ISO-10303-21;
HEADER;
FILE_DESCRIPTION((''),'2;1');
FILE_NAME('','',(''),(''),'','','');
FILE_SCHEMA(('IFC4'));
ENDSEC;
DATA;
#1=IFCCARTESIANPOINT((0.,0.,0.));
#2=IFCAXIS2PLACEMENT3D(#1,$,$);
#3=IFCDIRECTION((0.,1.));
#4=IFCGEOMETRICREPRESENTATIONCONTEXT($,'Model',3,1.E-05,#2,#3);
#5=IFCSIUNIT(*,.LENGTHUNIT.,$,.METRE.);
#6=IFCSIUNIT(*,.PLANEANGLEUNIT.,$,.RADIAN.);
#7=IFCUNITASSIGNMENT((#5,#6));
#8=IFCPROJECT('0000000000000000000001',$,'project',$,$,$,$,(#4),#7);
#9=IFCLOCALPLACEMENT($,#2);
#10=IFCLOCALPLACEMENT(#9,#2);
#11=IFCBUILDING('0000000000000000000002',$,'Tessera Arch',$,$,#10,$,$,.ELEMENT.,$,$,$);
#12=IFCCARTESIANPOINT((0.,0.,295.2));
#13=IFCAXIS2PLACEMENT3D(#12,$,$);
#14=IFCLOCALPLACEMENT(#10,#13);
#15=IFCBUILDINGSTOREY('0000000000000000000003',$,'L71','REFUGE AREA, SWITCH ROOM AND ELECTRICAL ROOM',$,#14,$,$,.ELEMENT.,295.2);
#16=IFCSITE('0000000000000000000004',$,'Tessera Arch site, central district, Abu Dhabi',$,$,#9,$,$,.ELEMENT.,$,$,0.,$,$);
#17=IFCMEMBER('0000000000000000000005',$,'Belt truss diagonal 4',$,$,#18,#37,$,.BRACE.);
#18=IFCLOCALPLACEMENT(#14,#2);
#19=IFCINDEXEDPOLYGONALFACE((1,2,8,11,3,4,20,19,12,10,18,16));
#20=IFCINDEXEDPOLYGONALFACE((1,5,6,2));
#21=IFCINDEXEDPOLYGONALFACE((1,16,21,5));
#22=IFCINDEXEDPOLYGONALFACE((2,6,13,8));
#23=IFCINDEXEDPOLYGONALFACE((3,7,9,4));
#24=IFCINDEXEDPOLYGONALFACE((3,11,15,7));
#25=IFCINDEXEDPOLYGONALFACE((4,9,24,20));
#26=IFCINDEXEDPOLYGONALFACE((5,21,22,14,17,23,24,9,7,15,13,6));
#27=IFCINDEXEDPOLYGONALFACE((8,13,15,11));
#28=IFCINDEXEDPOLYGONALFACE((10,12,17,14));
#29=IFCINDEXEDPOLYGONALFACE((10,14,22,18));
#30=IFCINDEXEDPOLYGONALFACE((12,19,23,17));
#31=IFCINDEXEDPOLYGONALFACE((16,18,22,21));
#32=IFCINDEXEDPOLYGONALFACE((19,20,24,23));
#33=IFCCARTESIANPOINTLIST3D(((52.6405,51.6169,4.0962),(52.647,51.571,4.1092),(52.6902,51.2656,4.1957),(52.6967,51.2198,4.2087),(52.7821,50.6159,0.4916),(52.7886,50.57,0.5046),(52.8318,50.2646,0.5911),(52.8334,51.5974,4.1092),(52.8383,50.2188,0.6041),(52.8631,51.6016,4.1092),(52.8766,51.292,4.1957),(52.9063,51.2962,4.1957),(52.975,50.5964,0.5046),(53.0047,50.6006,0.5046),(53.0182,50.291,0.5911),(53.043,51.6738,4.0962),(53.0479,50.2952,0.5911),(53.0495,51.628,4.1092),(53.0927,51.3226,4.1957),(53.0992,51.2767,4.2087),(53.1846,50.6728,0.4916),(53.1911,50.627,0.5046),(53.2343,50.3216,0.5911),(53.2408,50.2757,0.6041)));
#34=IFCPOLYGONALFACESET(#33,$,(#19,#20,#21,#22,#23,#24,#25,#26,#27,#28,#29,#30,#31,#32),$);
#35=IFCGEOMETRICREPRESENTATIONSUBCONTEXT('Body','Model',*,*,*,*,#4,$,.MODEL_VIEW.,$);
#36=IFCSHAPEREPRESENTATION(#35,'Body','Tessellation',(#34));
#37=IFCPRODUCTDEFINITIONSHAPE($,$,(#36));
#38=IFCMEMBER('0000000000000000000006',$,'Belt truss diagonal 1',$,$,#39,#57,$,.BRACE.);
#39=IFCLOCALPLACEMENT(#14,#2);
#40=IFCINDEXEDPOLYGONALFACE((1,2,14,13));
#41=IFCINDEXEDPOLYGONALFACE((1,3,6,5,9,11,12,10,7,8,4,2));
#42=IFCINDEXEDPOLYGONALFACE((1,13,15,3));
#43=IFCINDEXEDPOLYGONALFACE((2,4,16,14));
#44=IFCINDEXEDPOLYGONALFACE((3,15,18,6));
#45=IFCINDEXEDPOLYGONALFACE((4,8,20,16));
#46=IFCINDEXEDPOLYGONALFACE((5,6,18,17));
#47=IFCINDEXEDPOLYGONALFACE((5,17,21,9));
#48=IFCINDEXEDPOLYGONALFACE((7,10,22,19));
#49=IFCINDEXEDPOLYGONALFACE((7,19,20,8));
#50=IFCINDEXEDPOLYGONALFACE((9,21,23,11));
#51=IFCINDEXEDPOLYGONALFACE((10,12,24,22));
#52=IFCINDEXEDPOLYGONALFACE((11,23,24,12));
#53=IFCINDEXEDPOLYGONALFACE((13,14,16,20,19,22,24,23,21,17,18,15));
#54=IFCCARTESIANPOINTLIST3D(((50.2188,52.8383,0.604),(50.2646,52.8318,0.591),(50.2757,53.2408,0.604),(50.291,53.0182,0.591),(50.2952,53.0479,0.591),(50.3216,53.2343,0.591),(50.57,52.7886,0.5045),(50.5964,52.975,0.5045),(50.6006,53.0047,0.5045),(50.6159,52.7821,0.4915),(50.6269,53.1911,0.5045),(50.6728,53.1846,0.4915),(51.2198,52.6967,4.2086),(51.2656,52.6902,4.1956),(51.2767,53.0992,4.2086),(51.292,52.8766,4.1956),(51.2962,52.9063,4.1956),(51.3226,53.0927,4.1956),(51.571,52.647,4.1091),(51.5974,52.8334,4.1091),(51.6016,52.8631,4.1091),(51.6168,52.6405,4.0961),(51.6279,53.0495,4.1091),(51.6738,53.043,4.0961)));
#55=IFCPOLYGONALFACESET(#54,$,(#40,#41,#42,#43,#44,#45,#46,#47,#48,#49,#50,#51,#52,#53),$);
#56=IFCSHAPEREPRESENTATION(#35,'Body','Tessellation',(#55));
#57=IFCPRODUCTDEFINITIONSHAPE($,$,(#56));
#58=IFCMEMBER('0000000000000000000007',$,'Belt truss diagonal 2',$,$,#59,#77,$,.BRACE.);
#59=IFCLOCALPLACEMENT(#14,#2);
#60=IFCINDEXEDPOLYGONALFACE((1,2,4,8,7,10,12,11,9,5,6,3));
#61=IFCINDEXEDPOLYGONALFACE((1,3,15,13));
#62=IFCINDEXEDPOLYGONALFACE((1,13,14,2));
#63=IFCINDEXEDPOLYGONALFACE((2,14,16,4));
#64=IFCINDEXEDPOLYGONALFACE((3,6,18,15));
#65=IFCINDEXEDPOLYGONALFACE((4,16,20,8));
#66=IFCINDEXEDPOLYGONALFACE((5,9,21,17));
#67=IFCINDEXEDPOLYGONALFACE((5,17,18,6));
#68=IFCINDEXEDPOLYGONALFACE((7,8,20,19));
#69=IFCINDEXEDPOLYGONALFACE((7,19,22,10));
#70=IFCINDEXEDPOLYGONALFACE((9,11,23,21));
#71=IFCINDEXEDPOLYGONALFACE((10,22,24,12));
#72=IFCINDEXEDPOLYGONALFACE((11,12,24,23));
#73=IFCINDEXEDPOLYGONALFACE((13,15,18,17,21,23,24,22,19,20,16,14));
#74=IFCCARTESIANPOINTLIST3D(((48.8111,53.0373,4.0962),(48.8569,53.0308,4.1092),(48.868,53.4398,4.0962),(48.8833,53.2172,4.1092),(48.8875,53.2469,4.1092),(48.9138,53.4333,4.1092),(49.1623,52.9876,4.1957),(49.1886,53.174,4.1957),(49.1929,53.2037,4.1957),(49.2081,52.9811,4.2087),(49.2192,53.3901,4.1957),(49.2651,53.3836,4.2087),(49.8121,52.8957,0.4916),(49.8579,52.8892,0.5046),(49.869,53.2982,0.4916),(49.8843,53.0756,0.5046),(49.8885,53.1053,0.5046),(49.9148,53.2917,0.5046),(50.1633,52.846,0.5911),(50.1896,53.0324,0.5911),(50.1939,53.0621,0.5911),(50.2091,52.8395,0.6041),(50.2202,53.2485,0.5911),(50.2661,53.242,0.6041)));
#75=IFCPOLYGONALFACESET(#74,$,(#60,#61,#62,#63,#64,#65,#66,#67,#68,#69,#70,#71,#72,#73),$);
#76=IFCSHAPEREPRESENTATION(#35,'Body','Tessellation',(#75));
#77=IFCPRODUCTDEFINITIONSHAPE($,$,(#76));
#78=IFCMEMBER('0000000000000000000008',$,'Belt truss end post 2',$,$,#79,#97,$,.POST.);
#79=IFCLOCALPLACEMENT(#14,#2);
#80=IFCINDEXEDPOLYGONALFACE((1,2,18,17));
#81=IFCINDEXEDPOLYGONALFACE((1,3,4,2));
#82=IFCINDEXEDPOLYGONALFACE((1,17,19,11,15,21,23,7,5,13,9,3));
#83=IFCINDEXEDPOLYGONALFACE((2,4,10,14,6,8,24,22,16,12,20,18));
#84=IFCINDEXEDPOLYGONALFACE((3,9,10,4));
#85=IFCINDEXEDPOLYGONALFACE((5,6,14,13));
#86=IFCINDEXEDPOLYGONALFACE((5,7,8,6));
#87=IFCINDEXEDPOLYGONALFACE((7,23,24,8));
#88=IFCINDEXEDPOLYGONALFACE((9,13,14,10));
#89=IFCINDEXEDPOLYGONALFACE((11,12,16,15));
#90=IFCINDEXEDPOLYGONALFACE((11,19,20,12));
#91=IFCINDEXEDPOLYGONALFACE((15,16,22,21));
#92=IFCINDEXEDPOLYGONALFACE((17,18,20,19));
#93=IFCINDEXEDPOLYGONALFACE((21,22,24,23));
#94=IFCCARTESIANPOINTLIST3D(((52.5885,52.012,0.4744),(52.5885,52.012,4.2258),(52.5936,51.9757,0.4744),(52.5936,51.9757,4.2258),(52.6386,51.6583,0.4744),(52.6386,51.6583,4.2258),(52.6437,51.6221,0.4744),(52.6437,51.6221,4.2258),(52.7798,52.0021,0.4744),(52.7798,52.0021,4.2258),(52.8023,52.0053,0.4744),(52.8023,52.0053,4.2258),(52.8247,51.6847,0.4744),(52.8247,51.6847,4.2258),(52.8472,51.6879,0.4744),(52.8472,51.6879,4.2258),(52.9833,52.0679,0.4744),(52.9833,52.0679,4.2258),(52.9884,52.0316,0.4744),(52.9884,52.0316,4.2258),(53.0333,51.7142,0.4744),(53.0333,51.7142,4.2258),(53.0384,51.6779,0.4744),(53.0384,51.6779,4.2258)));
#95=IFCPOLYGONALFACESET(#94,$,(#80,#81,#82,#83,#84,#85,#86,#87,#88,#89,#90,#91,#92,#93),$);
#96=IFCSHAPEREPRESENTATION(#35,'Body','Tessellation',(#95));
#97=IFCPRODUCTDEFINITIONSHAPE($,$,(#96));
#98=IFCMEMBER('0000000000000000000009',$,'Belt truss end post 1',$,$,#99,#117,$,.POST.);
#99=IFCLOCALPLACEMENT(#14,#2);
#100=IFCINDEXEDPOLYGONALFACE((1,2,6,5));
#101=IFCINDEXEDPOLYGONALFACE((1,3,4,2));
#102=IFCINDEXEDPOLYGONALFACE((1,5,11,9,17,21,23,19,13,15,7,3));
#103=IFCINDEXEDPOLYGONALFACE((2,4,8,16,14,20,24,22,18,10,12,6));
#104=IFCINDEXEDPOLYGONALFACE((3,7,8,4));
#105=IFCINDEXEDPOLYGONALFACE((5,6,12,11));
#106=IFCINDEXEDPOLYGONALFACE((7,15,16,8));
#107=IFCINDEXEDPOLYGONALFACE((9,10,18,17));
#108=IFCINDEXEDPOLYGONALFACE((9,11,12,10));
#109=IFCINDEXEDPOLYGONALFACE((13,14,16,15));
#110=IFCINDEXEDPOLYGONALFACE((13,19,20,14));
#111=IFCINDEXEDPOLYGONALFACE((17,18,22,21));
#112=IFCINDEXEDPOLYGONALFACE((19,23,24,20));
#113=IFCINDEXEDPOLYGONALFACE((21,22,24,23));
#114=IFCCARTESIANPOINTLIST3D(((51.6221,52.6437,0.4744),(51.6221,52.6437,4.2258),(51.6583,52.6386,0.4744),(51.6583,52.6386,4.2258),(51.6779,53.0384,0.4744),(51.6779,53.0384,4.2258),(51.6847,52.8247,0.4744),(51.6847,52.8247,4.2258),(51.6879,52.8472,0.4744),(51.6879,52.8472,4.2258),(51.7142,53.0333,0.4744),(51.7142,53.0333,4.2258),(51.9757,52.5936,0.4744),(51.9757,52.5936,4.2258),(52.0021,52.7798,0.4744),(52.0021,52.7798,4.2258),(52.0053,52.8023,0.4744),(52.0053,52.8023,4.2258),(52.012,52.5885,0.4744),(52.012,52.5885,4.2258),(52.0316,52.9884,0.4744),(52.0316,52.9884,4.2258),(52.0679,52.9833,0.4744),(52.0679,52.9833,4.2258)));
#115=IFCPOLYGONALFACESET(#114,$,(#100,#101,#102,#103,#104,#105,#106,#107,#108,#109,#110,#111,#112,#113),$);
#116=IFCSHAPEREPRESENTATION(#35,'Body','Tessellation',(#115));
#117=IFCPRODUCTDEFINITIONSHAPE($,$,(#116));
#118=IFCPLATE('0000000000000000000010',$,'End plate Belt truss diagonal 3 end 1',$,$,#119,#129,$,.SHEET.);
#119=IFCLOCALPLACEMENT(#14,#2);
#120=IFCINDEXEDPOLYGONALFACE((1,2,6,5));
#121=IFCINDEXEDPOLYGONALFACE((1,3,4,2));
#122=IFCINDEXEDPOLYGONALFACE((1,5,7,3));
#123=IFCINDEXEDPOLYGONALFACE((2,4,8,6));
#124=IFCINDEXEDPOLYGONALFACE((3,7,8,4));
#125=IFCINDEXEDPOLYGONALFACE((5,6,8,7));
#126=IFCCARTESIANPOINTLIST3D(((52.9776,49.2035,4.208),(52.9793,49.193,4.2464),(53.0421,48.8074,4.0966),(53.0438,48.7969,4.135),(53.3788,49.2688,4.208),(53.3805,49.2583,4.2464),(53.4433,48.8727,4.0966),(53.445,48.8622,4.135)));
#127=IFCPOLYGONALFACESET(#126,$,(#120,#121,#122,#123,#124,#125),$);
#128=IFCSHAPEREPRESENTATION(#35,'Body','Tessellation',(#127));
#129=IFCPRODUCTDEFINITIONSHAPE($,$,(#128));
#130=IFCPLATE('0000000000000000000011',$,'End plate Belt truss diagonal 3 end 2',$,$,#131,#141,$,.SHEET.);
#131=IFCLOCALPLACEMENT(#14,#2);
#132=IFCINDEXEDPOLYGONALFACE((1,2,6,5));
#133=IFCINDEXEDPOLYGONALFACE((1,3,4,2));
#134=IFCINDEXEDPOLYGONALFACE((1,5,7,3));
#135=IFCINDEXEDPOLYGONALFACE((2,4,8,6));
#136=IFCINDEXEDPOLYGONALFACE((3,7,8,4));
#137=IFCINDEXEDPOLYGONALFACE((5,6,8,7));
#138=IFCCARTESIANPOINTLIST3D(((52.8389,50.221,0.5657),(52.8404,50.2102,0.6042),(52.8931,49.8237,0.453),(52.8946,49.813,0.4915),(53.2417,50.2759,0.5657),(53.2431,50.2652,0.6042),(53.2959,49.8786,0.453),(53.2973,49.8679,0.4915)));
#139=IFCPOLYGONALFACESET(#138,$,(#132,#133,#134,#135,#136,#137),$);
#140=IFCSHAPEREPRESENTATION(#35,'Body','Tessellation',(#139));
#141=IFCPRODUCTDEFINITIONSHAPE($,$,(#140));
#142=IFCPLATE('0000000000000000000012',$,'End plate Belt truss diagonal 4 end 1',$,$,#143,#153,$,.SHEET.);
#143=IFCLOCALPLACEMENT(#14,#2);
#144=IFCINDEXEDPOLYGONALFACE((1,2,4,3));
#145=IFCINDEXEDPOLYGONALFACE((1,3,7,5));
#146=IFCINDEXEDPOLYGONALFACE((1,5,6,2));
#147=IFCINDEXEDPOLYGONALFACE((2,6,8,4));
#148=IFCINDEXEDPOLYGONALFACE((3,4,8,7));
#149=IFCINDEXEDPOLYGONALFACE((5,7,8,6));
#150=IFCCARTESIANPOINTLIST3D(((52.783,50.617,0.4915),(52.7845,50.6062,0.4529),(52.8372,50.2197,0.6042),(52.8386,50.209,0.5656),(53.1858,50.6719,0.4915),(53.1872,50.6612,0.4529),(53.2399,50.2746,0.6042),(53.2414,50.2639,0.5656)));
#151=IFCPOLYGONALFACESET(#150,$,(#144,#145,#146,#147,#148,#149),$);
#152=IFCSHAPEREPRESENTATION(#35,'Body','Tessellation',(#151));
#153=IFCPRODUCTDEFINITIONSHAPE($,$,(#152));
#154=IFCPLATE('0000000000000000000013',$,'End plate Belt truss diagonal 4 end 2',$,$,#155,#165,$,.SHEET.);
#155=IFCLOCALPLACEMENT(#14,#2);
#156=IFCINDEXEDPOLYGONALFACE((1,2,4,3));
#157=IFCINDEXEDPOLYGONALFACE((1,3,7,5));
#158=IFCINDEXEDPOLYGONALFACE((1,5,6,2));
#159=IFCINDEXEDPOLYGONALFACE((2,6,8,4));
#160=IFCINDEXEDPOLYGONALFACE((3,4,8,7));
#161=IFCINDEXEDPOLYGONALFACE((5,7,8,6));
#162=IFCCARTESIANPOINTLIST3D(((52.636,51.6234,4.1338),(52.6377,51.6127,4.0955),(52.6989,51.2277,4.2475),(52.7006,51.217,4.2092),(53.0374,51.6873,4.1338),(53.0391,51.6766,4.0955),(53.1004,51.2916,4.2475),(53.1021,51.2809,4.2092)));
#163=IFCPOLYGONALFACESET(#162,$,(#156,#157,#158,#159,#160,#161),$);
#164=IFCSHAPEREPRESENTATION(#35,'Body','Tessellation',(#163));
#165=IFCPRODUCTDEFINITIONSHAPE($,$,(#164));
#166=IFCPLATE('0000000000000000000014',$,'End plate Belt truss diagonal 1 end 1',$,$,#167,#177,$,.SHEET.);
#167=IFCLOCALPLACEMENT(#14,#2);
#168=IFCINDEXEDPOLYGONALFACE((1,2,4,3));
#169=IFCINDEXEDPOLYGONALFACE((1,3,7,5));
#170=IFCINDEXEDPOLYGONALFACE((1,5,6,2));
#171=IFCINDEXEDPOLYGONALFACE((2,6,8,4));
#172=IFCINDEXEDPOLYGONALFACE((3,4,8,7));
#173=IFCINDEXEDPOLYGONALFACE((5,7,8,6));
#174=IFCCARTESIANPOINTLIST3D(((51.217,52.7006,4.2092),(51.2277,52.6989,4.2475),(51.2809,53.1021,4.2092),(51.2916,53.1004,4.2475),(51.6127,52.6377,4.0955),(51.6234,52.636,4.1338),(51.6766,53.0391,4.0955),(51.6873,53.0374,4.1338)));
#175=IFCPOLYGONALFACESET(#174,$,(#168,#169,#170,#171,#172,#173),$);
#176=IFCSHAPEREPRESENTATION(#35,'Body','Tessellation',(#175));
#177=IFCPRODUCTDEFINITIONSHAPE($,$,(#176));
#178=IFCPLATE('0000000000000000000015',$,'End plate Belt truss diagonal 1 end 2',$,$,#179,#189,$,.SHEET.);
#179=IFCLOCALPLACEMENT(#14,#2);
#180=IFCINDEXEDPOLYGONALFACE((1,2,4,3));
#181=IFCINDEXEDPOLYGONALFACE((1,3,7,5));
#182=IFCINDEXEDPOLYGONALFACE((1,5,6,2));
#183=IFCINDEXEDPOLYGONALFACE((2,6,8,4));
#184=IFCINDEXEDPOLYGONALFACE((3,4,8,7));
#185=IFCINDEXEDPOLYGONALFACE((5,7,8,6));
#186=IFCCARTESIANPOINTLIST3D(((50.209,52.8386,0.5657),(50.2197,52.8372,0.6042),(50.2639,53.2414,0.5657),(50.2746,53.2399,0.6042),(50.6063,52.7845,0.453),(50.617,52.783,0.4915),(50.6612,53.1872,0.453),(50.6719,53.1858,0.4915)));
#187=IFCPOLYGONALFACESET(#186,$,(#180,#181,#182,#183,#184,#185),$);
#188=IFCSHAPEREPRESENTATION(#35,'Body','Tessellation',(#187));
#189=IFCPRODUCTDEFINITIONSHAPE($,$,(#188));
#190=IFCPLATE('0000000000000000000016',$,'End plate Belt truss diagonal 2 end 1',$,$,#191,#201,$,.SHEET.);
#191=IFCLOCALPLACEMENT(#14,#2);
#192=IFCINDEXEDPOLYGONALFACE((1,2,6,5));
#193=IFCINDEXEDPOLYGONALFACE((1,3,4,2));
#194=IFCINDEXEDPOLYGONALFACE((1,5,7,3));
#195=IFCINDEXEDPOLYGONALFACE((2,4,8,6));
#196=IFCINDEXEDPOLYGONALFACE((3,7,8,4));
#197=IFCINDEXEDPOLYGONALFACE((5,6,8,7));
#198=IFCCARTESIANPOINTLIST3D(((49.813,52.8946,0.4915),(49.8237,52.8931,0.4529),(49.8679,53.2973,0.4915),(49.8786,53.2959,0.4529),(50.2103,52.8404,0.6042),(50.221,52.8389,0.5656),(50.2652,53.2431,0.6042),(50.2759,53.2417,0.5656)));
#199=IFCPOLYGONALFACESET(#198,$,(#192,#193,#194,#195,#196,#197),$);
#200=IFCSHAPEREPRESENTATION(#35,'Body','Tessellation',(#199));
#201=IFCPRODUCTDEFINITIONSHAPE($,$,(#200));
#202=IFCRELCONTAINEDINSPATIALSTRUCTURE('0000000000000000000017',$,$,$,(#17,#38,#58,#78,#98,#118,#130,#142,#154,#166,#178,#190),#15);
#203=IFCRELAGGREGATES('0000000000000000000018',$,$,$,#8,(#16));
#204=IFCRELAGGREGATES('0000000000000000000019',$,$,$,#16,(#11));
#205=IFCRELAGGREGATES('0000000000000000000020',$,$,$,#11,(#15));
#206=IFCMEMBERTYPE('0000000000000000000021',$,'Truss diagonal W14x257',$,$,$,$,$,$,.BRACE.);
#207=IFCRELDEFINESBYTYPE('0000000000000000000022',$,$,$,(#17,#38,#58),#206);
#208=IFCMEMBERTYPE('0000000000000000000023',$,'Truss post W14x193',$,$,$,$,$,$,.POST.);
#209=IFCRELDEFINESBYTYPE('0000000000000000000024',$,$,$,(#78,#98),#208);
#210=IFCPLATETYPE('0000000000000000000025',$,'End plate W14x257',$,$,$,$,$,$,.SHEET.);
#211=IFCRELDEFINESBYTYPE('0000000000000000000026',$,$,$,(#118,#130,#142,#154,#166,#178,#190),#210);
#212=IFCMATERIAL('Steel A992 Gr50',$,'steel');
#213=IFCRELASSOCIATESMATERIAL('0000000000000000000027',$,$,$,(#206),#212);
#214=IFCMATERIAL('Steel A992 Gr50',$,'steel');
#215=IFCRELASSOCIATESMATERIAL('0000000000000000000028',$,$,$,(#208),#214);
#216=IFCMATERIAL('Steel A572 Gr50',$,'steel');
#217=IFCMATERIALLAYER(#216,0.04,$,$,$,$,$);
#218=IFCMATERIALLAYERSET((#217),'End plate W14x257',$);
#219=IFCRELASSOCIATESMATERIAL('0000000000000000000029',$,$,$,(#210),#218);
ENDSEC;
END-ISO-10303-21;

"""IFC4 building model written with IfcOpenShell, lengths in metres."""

from ifc_helpers import new_model, si_unit, direction, frame, origin, origin_2d, place, context, subcontext, project, spatial, rectangle, i_section, extrude, material, layer, layer_set, material_profile, profile_set, type_object, element, save


model = new_model("IFC4")

# Units and contexts
model_context = context("Model", 3, precision=1e-05, world=origin(), true_north=direction((0.0, 1.0)))
body_context = subcontext(model_context, "Body", "Model", "MODEL_VIEW")
ifc_project = project(units=[si_unit("LENGTHUNIT", "METRE"), si_unit("PLANEANGLEUNIT", "RADIAN")], contexts=[model_context])

# Site, building, storey
site_placement = place(None, origin())
site = spatial("IfcSite", under=ifc_project, at=site_placement, Name="Tessera Arch site, central district, Abu Dhabi", CompositionType="ELEMENT", RefElevation=0.0)
building_placement = place(site_placement, origin())
building = spatial("IfcBuilding", under=site, at=building_placement, Name="Tessera Arch", CompositionType="ELEMENT")
storey_placement = place(building_placement, frame((0.0, 0.0, 295.2)))
storey = spatial("IfcBuildingStorey", under=building, at=storey_placement, Name="L71", Description="REFUGE AREA, SWITCH ROOM AND ELECTRICAL ROOM", CompositionType="ELEMENT", Elevation=295.2)

# Members
ifc_material_1 = material(Name="Steel A992 Gr50", Category="steel")
ifc_material_profile_1 = material_profile(ifc_material_1, i_section(OverallWidth=0.4065, OverallDepth=0.4165, WebThickness=0.03, FlangeThickness=0.0481, at=origin_2d()), Name="W14x257")
ifc_profile_set_1 = profile_set([ifc_material_profile_1], Name="Steel A992 Gr50")
member_type_1 = type_object("IfcMemberType", Name="Truss diagonal W14x257", PredefinedType="BRACE", material=ifc_profile_set_1)
for number, where, z_axis, x_axis, name in (
    (1, (53.0115, 50.4458, 0.5479), (-0.037825, 0.267385, 0.962847), (-0.990142, -0.140069, 0.0), "Belt truss diagonal 4"),
    (2, (51.4468, 52.8699, 4.1523), (-0.267385, 0.037825, -0.962847), (-0.140069, -0.990142, 0.0), "Belt truss diagonal 1"),
    (3, (50.0391, 53.0688, 0.5479), (-0.267385, 0.037825, 0.962847), (-0.140069, -0.990142, 0.0), "Belt truss diagonal 2"),
):
    element("IfcMember", number, at=place(storey_placement, frame(where, z_axis=z_axis, x_axis=x_axis)), inside=storey, type_object=member_type_1, Name=name, PredefinedType="BRACE", context=body_context, shape_type="SweptSolid", body=[
        extrude(i_section(OverallWidth=0.4065, OverallDepth=0.4165, WebThickness=0.03, FlangeThickness=0.0481, at=origin_2d()), origin(), (0.0, 0.0, 1.0), 3.7437),
    ])
ifc_material_2 = material(Name="Steel A992 Gr50", Category="steel")
ifc_material_profile_2 = material_profile(ifc_material_2, i_section(OverallWidth=0.3987, OverallDepth=0.3938, WebThickness=0.0227, FlangeThickness=0.0366, at=origin_2d()), Name="W14x193")
ifc_profile_set_2 = profile_set([ifc_material_profile_2], Name="Steel A992 Gr50")
member_type_2 = type_object("IfcMemberType", Name="Truss post W14x193", PredefinedType="POST", material=ifc_profile_set_2)
for number, where, z_axis, x_axis, name in (
    (4, (52.8135, 51.845, 0.4744), (0.0, 0.0, 1.0), (0.990139, 0.140089, 0.0), "Belt truss end post 2"),
    (5, (51.845, 52.8135, 0.4744), (0.0, 0.0, 1.0), (0.140089, 0.990139, 0.0), "Belt truss end post 1"),
):
    element("IfcMember", number, at=place(storey_placement, frame(where, z_axis=z_axis, x_axis=x_axis)), inside=storey, type_object=member_type_2, Name=name, PredefinedType="POST", context=body_context, shape_type="SweptSolid", body=[
        extrude(i_section(OverallWidth=0.3987, OverallDepth=0.3938, WebThickness=0.0227, FlangeThickness=0.0366, at=origin_2d()), origin(), (0.0, 0.0, 1.0), 3.7515),
    ])

# Plates
ifc_material_3 = material(Name="Steel A572 Gr50", Category="steel")
ifc_layer = layer(ifc_material_3, 0.04)
ifc_layer_set = layer_set([ifc_layer], Name="End plate W14x257")
plate_type = type_object("IfcPlateType", Name="End plate W14x257", PredefinedType="SHEET", material=ifc_layer_set)
plate_placement = place(storey_placement, frame((53.2122, 49.0276, 4.1907), z_axis=(-0.042963, 0.263913, -0.963589), x_axis=(-0.987007, -0.160676, 0.0)))
element("IfcPlate", 6, at=plate_placement, inside=storey, type_object=plate_type, Name="End plate Belt truss diagonal 3 end 1", PredefinedType="SHEET", context=body_context, shape_type="SweptSolid", body=[
    extrude(rectangle(XDim=0.4065, YDim=0.4165, at=origin_2d()), origin(), (0.0, 0.0, 1.0), 0.0398),
])
for number, where, z_axis, x_axis, name in (
    (7, (53.0688, 50.0391, 0.5479), (-0.036558, 0.268093, -0.962699), (-0.99083, -0.135113, 0.0), "End plate Belt truss diagonal 3 end 2"),
    (8, (53.0129, 50.4351, 0.5093), (-0.036558, 0.268093, 0.962699), (-0.99083, -0.135113, 0.0), "End plate Belt truss diagonal 4 end 1"),
):
    element("IfcPlate", number, at=place(storey_placement, frame(where, z_axis=z_axis, x_axis=x_axis)), inside=storey, type_object=plate_type, Name=name, PredefinedType="SHEET", context=body_context, shape_type="SweptSolid", body=[
        extrude(rectangle(XDim=0.4065, YDim=0.4165, at=origin_2d()), origin(), (0.0, 0.0, 1.0), 0.04),
    ])
for number, where, z_axis, x_axis, name in (
    (9, (52.8699, 51.4468, 4.1523), (-0.042892, 0.269609, 0.962014), (-0.98758, -0.157115, 0.0), "End plate Belt truss diagonal 4 end 2"),
    (10, (51.4575, 52.8682, 4.1907), (-0.269609, 0.042892, -0.962014), (-0.157115, -0.98758, 0.0), "End plate Belt truss diagonal 1 end 1"),
):
    element("IfcPlate", number, at=place(storey_placement, frame(where, z_axis=z_axis, x_axis=x_axis)), inside=storey, type_object=plate_type, Name=name, PredefinedType="SHEET", context=body_context, shape_type="SweptSolid", body=[
        extrude(rectangle(XDim=0.4065, YDim=0.4165, at=origin_2d()), origin(), (0.0, 0.0, 1.0), 0.0398),
    ])
for number, where, z_axis, x_axis, name in (
    (11, (50.4458, 53.0115, 0.5479), (-0.268093, 0.036558, -0.962699), (-0.135113, -0.99083, 0.0), "End plate Belt truss diagonal 1 end 2"),
    (12, (50.0498, 53.0674, 0.5093), (-0.268093, 0.036558, 0.962699), (-0.135113, -0.99083, 0.0), "End plate Belt truss diagonal 2 end 1"),
):
    element("IfcPlate", number, at=place(storey_placement, frame(where, z_axis=z_axis, x_axis=x_axis)), inside=storey, type_object=plate_type, Name=name, PredefinedType="SHEET", context=body_context, shape_type="SweptSolid", body=[
        extrude(rectangle(XDim=0.4065, YDim=0.4165, at=origin_2d()), origin(), (0.0, 0.0, 1.0), 0.04),
    ])

save(model, "model.ifc")
